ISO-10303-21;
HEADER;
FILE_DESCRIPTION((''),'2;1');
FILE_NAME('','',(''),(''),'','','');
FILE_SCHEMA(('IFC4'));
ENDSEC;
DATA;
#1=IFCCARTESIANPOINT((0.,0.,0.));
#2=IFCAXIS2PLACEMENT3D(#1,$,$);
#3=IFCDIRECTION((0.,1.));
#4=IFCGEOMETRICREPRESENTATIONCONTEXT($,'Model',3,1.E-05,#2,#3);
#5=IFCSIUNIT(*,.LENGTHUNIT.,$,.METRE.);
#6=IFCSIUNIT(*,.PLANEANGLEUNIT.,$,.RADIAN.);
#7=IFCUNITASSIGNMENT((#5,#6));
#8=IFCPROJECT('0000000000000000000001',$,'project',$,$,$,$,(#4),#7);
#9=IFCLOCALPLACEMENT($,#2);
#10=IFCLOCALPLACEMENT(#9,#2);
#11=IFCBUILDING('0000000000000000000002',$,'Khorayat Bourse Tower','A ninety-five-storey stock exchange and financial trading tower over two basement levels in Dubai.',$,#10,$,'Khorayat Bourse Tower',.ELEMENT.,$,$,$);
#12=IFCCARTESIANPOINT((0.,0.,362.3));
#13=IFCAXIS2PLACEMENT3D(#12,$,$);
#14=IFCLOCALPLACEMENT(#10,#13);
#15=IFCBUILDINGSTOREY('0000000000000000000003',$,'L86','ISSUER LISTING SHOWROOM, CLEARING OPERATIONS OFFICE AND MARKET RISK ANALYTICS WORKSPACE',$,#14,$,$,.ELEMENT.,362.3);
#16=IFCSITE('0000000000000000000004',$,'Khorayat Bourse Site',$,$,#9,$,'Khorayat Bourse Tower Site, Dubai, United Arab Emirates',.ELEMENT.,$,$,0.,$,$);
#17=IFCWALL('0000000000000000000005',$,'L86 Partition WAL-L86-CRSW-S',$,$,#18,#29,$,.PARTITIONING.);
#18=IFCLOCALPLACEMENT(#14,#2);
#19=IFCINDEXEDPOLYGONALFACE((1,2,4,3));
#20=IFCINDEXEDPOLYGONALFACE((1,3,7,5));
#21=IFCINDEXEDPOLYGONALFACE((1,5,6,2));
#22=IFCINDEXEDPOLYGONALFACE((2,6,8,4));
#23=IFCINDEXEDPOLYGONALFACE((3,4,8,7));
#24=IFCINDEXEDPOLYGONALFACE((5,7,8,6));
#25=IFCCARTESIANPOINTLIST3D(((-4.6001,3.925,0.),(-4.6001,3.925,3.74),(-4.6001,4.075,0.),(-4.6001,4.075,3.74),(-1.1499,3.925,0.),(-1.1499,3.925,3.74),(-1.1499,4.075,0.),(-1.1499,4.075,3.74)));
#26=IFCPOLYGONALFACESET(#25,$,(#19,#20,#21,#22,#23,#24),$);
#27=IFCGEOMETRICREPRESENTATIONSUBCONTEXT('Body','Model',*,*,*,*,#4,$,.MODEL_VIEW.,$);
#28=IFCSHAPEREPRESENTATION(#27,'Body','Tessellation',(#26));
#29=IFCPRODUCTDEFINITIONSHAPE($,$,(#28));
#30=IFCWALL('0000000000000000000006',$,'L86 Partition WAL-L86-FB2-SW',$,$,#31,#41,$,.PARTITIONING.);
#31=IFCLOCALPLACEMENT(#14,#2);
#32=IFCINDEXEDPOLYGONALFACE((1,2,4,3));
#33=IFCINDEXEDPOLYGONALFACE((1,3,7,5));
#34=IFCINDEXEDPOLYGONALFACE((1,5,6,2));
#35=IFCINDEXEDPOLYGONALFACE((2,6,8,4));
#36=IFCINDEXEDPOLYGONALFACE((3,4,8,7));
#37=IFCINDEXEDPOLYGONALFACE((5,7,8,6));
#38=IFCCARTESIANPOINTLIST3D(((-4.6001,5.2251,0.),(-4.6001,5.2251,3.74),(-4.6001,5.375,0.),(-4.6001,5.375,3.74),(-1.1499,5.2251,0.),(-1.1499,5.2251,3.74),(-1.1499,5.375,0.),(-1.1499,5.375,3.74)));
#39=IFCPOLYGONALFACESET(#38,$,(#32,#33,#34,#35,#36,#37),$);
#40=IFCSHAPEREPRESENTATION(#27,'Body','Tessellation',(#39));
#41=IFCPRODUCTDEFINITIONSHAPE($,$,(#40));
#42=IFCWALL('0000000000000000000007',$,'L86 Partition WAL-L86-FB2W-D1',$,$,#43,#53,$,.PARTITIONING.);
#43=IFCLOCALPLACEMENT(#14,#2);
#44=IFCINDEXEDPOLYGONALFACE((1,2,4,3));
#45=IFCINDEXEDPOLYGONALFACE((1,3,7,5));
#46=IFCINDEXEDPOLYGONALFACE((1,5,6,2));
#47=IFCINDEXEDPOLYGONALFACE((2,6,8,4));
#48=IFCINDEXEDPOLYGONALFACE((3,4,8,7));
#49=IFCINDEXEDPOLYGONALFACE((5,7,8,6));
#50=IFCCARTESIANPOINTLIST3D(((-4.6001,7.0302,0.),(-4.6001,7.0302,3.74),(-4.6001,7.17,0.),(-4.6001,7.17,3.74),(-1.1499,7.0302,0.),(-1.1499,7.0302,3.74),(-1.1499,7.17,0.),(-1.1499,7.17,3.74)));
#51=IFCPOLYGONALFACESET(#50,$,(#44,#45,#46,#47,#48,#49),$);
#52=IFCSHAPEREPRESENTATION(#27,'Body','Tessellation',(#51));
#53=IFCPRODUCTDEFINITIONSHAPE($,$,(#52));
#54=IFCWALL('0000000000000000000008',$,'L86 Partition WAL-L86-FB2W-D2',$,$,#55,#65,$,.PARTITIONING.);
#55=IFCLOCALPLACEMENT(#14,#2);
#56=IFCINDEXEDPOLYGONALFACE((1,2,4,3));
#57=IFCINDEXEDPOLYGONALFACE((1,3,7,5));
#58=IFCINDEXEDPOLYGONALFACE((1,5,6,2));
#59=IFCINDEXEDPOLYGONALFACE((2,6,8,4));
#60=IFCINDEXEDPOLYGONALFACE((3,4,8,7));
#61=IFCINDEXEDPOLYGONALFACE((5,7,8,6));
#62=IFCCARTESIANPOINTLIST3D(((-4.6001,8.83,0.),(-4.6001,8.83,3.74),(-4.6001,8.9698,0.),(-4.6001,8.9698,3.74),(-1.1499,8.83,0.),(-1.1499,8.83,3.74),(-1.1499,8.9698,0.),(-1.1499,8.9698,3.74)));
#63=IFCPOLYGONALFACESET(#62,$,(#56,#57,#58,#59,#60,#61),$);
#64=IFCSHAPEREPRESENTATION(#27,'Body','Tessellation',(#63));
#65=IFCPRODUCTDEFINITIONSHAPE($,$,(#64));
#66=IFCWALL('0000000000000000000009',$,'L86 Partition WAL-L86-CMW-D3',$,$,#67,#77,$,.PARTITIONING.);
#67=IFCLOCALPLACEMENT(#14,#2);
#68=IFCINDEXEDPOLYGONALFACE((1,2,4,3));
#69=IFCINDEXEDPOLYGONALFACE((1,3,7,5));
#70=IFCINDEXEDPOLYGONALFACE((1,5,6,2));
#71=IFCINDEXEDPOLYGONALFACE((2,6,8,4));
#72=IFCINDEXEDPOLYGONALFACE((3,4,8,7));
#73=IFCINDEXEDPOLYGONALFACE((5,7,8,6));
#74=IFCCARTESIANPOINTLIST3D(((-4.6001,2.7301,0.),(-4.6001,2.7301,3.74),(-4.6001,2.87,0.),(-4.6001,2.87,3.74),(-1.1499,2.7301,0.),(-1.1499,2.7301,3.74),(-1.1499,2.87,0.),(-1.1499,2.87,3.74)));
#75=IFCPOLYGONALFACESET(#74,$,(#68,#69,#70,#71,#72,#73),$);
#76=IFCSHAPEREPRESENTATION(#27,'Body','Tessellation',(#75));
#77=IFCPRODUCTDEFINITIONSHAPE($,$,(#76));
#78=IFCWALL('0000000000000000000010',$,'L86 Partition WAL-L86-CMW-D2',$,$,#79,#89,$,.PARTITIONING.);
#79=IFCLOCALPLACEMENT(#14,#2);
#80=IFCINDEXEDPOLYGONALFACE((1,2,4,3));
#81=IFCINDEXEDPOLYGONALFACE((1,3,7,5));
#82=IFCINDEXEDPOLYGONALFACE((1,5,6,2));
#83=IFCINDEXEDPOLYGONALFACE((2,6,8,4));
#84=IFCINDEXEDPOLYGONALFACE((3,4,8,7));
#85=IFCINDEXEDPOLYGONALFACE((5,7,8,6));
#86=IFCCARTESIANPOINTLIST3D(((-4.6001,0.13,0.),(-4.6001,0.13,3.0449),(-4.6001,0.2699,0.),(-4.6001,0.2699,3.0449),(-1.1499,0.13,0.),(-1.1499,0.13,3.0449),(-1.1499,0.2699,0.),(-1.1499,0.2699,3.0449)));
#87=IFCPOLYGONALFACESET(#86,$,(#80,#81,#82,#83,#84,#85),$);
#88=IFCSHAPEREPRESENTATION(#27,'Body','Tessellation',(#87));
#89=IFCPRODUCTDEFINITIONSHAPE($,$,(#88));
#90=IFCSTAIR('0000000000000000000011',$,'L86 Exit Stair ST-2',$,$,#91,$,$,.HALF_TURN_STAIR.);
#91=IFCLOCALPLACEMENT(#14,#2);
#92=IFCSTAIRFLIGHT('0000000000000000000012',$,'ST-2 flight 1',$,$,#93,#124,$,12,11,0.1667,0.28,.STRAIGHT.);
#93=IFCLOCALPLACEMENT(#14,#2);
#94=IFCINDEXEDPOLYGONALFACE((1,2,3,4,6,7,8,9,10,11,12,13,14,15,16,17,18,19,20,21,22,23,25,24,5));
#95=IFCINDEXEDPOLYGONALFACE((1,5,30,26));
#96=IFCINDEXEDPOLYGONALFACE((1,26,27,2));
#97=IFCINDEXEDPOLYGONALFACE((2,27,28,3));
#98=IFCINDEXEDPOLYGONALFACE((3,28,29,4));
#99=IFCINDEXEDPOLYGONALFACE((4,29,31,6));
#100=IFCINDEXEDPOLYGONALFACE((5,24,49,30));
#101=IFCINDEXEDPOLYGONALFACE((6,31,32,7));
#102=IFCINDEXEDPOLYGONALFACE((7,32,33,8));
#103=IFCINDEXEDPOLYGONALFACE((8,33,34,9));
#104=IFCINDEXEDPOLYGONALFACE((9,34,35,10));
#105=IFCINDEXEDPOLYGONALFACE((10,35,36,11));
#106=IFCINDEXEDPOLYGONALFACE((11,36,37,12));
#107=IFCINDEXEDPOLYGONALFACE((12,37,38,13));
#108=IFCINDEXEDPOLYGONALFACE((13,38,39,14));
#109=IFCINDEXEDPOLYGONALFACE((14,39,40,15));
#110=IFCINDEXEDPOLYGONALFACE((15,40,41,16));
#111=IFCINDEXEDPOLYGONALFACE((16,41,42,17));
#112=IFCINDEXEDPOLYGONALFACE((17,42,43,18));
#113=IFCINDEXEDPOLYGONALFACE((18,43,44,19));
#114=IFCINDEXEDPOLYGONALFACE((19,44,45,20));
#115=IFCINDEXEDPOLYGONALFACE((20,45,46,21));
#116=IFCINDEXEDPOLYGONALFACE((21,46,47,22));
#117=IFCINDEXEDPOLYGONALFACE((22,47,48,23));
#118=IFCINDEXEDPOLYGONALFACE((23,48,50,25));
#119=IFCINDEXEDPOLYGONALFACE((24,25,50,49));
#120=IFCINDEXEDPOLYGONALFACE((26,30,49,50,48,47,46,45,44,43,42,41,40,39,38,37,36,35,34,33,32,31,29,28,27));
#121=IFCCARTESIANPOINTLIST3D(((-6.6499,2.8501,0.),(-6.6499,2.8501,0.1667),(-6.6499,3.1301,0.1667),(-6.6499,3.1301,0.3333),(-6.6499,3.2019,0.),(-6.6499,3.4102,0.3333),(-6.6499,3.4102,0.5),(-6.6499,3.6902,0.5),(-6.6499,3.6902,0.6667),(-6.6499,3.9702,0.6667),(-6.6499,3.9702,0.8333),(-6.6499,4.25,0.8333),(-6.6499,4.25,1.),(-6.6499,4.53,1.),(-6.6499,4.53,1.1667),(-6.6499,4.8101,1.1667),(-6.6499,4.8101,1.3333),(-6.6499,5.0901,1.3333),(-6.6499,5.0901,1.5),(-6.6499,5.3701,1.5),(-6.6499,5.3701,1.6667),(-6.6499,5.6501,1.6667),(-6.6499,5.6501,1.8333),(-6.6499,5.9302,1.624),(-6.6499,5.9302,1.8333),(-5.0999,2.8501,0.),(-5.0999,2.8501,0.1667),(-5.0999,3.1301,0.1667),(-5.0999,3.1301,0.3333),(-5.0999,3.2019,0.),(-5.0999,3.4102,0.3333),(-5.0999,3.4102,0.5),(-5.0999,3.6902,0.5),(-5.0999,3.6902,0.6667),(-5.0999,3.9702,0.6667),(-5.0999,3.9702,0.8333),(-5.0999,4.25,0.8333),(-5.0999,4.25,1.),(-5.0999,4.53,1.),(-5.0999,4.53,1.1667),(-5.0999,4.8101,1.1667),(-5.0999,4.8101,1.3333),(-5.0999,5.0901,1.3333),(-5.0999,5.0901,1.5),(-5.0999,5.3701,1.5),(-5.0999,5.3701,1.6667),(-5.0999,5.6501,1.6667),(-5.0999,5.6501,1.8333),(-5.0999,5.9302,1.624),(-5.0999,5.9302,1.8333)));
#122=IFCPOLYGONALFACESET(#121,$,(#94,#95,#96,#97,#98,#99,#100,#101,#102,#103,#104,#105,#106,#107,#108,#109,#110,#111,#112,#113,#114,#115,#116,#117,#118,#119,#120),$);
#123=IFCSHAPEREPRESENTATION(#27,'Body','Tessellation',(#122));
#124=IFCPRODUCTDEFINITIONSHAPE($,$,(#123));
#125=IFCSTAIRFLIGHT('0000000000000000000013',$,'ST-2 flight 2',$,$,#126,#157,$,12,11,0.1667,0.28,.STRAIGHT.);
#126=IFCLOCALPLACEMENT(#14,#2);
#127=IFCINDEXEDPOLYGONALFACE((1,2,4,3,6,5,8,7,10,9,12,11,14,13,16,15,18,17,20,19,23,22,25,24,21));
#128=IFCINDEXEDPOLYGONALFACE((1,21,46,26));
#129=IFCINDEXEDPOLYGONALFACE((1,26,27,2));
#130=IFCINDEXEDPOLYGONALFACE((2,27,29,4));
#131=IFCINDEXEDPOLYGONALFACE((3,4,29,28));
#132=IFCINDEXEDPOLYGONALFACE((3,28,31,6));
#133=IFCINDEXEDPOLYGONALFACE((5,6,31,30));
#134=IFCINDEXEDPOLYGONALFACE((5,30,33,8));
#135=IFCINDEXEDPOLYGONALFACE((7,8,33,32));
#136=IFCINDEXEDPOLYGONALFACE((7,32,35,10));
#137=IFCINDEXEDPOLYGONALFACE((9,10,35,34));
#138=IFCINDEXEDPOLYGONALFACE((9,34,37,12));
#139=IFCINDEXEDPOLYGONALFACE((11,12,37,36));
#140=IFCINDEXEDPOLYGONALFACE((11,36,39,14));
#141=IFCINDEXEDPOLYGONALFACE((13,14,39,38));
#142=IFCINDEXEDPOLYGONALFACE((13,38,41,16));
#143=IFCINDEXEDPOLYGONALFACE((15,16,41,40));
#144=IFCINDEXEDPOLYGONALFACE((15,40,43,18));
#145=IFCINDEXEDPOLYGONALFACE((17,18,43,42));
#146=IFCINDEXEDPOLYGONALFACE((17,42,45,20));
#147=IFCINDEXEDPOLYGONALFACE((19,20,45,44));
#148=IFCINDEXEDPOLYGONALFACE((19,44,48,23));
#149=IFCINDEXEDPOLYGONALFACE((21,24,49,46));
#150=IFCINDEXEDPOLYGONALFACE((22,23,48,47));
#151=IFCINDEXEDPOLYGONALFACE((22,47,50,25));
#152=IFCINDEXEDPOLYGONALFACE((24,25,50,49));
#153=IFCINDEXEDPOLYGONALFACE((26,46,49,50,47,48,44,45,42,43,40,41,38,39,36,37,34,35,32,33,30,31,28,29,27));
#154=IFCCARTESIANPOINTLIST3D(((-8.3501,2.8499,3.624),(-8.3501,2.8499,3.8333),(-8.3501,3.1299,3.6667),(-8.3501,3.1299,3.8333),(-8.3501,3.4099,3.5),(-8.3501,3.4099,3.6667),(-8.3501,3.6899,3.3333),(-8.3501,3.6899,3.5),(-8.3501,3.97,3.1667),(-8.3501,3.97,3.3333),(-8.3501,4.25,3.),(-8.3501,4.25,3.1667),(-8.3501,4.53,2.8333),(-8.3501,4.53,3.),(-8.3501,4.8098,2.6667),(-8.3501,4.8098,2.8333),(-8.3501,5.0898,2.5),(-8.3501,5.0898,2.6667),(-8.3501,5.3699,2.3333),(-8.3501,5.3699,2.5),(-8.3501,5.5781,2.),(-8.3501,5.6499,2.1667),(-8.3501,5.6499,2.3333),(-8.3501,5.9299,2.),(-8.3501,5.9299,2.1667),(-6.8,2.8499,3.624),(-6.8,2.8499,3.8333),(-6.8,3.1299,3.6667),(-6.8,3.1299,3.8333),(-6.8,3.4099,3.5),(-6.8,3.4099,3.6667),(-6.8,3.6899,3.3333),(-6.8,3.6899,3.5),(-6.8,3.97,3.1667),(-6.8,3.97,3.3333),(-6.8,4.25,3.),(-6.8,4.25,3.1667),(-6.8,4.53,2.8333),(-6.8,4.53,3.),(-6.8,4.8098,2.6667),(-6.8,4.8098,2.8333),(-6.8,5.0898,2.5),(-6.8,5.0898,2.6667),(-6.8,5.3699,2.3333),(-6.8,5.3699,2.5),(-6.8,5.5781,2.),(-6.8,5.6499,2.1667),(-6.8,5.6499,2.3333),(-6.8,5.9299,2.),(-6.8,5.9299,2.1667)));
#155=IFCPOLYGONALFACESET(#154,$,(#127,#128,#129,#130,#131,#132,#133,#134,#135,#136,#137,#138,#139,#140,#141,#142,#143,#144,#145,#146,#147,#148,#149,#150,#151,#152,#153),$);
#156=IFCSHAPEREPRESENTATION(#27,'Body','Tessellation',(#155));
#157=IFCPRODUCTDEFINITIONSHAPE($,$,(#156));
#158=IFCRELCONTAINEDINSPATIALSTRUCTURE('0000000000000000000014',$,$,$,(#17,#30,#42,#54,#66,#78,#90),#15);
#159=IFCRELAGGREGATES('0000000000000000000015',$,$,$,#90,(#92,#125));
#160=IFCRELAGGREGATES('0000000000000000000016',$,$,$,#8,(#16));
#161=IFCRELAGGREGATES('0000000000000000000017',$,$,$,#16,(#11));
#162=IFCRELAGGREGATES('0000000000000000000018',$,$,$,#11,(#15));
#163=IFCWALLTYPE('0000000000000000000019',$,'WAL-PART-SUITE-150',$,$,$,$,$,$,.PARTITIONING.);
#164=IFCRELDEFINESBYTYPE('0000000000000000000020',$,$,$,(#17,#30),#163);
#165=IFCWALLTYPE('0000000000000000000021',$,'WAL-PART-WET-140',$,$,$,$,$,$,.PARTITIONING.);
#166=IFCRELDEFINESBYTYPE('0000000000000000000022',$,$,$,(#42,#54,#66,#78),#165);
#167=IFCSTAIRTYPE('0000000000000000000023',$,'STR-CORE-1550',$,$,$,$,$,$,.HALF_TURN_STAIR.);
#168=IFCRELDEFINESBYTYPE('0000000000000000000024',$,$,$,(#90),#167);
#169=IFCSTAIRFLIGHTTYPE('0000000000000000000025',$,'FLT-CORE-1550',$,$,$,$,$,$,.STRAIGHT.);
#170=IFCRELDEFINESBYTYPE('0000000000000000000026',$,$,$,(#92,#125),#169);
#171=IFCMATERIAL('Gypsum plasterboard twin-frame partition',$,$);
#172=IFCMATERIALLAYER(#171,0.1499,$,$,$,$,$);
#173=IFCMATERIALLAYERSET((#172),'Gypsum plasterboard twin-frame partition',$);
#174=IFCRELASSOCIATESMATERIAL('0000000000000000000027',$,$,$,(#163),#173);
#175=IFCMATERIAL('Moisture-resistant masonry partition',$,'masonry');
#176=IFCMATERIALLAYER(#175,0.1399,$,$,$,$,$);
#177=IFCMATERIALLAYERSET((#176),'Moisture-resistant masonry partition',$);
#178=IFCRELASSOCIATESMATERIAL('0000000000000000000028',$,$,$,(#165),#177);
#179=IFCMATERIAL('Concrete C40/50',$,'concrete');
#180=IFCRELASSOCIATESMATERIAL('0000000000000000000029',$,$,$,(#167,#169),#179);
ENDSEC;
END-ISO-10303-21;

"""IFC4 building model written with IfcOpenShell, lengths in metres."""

from ifc_helpers import new_model, si_unit, direction, frame, frame_2d, origin, place, context, subcontext, project, spatial, polyline, rectangle, outline, extrude, source, transform, mapped, material, layer, layer_set, type_object, element, aggregate, save


model = new_model("IFC4")

# Units and contexts
model_context = context("Model", 3, precision=1e-05, world=origin(), true_north=direction((0.0, 1.0)))
body_context = subcontext(model_context, "Body", "Model", "MODEL_VIEW")
ifc_project = project(units=[si_unit("LENGTHUNIT", "METRE"), si_unit("PLANEANGLEUNIT", "RADIAN")], contexts=[model_context])

# Site, building, storey
site_placement = place(None, origin())
site = spatial("IfcSite", under=ifc_project, at=site_placement, Name="Khorayat Bourse Site", LongName="Khorayat Bourse Tower Site, Dubai, United Arab Emirates", CompositionType="ELEMENT", RefElevation=0.0)
building_placement = place(site_placement, origin())
building = spatial("IfcBuilding", under=site, at=building_placement, Name="Khorayat Bourse Tower", Description="A ninety-five-storey stock exchange and financial trading tower over two basement levels in Dubai.", LongName="Khorayat Bourse Tower", CompositionType="ELEMENT")
storey_placement = place(building_placement, frame((0.0, 0.0, 362.3)))
storey = spatial("IfcBuildingStorey", under=building, at=storey_placement, Name="L86", Description="ISSUER LISTING SHOWROOM, CLEARING OPERATIONS OFFICE AND MARKET RISK ANALYTICS WORKSPACE", CompositionType="ELEMENT", Elevation=362.3)

# Walls
ifc_material_1 = material(Name="Gypsum plasterboard twin-frame partition")
ifc_layer_1 = layer(ifc_material_1, 0.1499)
ifc_layer_set_1 = layer_set([ifc_layer_1], Name="Gypsum plasterboard twin-frame partition")
wall_type_1 = type_object("IfcWallType", Name="WAL-PART-SUITE-150", PredefinedType="PARTITIONING", material=ifc_layer_set_1)
shared_shape_1 = source(origin(), body_context, "Body", "SweptSolid", [
    extrude(rectangle(XDim=3.4502, YDim=0.1499, at=frame_2d((1.7251, 0.0))), origin(), (0.0, 0.0, 1.0), 3.74),
])
for number, where, z_axis, x_axis, name in (
    (1, (-4.6001, 4.0, 0.0), (0.0, 0.0, 1.0), (1.0, 0.0, 0.0), "L86 Partition WAL-L86-CRSW-S"),
    (2, (-4.6001, 5.3, 0.0), (0.0, 0.0, 1.0), (1.0, 0.0, 0.0), "L86 Partition WAL-L86-FB2-SW"),
):
    element("IfcWall", number, at=place(storey_placement, frame(where, z_axis=z_axis, x_axis=x_axis)), inside=storey, type_object=wall_type_1, Name=name, PredefinedType="PARTITIONING", context=body_context, shape_type="MappedRepresentation", body=[
        mapped(shared_shape_1, transform((0.0, 0.0, 0.0), scale=1.0)),
    ])
ifc_material_2 = material(Name="Moisture-resistant masonry partition", Category="masonry")
ifc_layer_2 = layer(ifc_material_2, 0.1399)
ifc_layer_set_2 = layer_set([ifc_layer_2], Name="Moisture-resistant masonry partition")
wall_type_2 = type_object("IfcWallType", Name="WAL-PART-WET-140", PredefinedType="PARTITIONING", material=ifc_layer_set_2)
shared_shape_2 = source(origin(), body_context, "Body", "SweptSolid", [
    extrude(rectangle(XDim=3.4502, YDim=0.1399, at=frame_2d((1.7251, 0.0))), origin(), (0.0, 0.0, 1.0), 3.74),
])
for number, where, z_axis, x_axis, name in (
    (3, (-4.6001, 7.1001, 0.0), (0.0, 0.0, 1.0), (1.0, 0.0, 0.0), "L86 Partition WAL-L86-FB2W-D1"),
    (4, (-4.6001, 8.8999, 0.0), (0.0, 0.0, 1.0), (1.0, 0.0, 0.0), "L86 Partition WAL-L86-FB2W-D2"),
    (5, (-4.6001, 2.8, 0.0), (0.0, 0.0, 1.0), (1.0, 0.0, 0.0), "L86 Partition WAL-L86-CMW-D3"),
):
    element("IfcWall", number, at=place(storey_placement, frame(where, z_axis=z_axis, x_axis=x_axis)), inside=storey, type_object=wall_type_2, Name=name, PredefinedType="PARTITIONING", context=body_context, shape_type="MappedRepresentation", body=[
        mapped(shared_shape_2, transform((0.0, 0.0, 0.0), scale=1.0)),
    ])
shared_shape_3 = source(origin(), body_context, "Body", "SweptSolid", [
    extrude(rectangle(XDim=3.4502, YDim=0.1399, at=frame_2d((1.7251, 0.0))), origin(), (0.0, 0.0, 1.0), 3.0449),
])
wall_1_placement = place(storey_placement, frame((-4.6001, 0.2, 0.0), z_axis=(0.0, 0.0, 1.0), x_axis=(1.0, 0.0, 0.0)))
element("IfcWall", 6, at=wall_1_placement, inside=storey, type_object=wall_type_2, Name="L86 Partition WAL-L86-CMW-D2", PredefinedType="PARTITIONING", context=body_context, shape_type="MappedRepresentation", body=[
    mapped(shared_shape_3, transform((0.0, 0.0, 0.0), scale=1.0)),
])

# Stair, stair flights
ifc_material_3 = material(Name="Concrete C40/50", Category="concrete")
stair_type = type_object("IfcStairType", Name="STR-CORE-1550", PredefinedType="HALF_TURN_STAIR", material=ifc_material_3)
stair_placement = place(storey_placement, origin())
stair = element("IfcStair", 7, at=stair_placement, inside=storey, type_object=stair_type, Name="L86 Exit Stair ST-2", PredefinedType="HALF_TURN_STAIR")
stair_flight_type = type_object("IfcStairFlightType", Name="FLT-CORE-1550", PredefinedType="STRAIGHT", material=ifc_material_3)
shared_shape_4 = source(origin(), body_context, "Body", "SweptSolid", [
    extrude(outline(polyline([(0.0, 0.0), (0.0, 0.1667), (0.28, 0.1667), (0.28, 0.3333), (0.5601, 0.3333), (0.5601, 0.5), (0.8401, 0.5), (0.8401, 0.6667), (1.1201, 0.6667), (1.1201, 0.8333), (1.3999, 0.8333), (1.3999, 1.0), (1.6799, 1.0), (1.6799, 1.1667), (1.96, 1.1667), (1.96, 1.3333), (2.24, 1.3333), (2.24, 1.5), (2.52, 1.5), (2.52, 1.6667), (2.8, 1.6667), (2.8, 1.8333), (3.0801, 1.8333), (3.0801, 2.0), (3.0801, 1.624), (0.3518, 0.0), (0.0, 0.0)])), frame((0.0, 0.7749, 0.0), z_axis=(0.0, -1.0, 0.0), x_axis=(1.0, 0.0, 0.0)), (0.0, 0.0, 1.0), 1.55),
])
stair_flight_1_placement = place(storey_placement, frame((-5.875, 2.8501, 0.0), z_axis=(0.0, 0.0, 1.0), x_axis=(0.0, 1.0, 0.0)))
stair_flight_1 = element("IfcStairFlight", 8, at=stair_flight_1_placement, type_object=stair_flight_type, Name="ST-2 flight 1", NumberOfRisers=12, NumberOfTreads=11, PredefinedType="STRAIGHT", RiserHeight=0.1667, TreadLength=0.28, context=body_context, shape_type="MappedRepresentation", body=[
    mapped(shared_shape_4, transform((0.0, 0.0, 0.0), scale=1.0)),
])
stair_flight_2_placement = place(storey_placement, frame((-7.575, 5.9299, 2.0), z_axis=(0.0, 0.0, 1.0), x_axis=(0.0, -1.0, 0.0)))
stair_flight_2 = element("IfcStairFlight", 9, at=stair_flight_2_placement, type_object=stair_flight_type, Name="ST-2 flight 2", NumberOfRisers=12, NumberOfTreads=11, PredefinedType="STRAIGHT", RiserHeight=0.1667, TreadLength=0.28, context=body_context, shape_type="MappedRepresentation", body=[
    mapped(shared_shape_4, transform((0.0, 0.0, 0.0), scale=1.0)),
])
aggregate(stair, [stair_flight_1, stair_flight_2])

save(model, "model.ifc")
